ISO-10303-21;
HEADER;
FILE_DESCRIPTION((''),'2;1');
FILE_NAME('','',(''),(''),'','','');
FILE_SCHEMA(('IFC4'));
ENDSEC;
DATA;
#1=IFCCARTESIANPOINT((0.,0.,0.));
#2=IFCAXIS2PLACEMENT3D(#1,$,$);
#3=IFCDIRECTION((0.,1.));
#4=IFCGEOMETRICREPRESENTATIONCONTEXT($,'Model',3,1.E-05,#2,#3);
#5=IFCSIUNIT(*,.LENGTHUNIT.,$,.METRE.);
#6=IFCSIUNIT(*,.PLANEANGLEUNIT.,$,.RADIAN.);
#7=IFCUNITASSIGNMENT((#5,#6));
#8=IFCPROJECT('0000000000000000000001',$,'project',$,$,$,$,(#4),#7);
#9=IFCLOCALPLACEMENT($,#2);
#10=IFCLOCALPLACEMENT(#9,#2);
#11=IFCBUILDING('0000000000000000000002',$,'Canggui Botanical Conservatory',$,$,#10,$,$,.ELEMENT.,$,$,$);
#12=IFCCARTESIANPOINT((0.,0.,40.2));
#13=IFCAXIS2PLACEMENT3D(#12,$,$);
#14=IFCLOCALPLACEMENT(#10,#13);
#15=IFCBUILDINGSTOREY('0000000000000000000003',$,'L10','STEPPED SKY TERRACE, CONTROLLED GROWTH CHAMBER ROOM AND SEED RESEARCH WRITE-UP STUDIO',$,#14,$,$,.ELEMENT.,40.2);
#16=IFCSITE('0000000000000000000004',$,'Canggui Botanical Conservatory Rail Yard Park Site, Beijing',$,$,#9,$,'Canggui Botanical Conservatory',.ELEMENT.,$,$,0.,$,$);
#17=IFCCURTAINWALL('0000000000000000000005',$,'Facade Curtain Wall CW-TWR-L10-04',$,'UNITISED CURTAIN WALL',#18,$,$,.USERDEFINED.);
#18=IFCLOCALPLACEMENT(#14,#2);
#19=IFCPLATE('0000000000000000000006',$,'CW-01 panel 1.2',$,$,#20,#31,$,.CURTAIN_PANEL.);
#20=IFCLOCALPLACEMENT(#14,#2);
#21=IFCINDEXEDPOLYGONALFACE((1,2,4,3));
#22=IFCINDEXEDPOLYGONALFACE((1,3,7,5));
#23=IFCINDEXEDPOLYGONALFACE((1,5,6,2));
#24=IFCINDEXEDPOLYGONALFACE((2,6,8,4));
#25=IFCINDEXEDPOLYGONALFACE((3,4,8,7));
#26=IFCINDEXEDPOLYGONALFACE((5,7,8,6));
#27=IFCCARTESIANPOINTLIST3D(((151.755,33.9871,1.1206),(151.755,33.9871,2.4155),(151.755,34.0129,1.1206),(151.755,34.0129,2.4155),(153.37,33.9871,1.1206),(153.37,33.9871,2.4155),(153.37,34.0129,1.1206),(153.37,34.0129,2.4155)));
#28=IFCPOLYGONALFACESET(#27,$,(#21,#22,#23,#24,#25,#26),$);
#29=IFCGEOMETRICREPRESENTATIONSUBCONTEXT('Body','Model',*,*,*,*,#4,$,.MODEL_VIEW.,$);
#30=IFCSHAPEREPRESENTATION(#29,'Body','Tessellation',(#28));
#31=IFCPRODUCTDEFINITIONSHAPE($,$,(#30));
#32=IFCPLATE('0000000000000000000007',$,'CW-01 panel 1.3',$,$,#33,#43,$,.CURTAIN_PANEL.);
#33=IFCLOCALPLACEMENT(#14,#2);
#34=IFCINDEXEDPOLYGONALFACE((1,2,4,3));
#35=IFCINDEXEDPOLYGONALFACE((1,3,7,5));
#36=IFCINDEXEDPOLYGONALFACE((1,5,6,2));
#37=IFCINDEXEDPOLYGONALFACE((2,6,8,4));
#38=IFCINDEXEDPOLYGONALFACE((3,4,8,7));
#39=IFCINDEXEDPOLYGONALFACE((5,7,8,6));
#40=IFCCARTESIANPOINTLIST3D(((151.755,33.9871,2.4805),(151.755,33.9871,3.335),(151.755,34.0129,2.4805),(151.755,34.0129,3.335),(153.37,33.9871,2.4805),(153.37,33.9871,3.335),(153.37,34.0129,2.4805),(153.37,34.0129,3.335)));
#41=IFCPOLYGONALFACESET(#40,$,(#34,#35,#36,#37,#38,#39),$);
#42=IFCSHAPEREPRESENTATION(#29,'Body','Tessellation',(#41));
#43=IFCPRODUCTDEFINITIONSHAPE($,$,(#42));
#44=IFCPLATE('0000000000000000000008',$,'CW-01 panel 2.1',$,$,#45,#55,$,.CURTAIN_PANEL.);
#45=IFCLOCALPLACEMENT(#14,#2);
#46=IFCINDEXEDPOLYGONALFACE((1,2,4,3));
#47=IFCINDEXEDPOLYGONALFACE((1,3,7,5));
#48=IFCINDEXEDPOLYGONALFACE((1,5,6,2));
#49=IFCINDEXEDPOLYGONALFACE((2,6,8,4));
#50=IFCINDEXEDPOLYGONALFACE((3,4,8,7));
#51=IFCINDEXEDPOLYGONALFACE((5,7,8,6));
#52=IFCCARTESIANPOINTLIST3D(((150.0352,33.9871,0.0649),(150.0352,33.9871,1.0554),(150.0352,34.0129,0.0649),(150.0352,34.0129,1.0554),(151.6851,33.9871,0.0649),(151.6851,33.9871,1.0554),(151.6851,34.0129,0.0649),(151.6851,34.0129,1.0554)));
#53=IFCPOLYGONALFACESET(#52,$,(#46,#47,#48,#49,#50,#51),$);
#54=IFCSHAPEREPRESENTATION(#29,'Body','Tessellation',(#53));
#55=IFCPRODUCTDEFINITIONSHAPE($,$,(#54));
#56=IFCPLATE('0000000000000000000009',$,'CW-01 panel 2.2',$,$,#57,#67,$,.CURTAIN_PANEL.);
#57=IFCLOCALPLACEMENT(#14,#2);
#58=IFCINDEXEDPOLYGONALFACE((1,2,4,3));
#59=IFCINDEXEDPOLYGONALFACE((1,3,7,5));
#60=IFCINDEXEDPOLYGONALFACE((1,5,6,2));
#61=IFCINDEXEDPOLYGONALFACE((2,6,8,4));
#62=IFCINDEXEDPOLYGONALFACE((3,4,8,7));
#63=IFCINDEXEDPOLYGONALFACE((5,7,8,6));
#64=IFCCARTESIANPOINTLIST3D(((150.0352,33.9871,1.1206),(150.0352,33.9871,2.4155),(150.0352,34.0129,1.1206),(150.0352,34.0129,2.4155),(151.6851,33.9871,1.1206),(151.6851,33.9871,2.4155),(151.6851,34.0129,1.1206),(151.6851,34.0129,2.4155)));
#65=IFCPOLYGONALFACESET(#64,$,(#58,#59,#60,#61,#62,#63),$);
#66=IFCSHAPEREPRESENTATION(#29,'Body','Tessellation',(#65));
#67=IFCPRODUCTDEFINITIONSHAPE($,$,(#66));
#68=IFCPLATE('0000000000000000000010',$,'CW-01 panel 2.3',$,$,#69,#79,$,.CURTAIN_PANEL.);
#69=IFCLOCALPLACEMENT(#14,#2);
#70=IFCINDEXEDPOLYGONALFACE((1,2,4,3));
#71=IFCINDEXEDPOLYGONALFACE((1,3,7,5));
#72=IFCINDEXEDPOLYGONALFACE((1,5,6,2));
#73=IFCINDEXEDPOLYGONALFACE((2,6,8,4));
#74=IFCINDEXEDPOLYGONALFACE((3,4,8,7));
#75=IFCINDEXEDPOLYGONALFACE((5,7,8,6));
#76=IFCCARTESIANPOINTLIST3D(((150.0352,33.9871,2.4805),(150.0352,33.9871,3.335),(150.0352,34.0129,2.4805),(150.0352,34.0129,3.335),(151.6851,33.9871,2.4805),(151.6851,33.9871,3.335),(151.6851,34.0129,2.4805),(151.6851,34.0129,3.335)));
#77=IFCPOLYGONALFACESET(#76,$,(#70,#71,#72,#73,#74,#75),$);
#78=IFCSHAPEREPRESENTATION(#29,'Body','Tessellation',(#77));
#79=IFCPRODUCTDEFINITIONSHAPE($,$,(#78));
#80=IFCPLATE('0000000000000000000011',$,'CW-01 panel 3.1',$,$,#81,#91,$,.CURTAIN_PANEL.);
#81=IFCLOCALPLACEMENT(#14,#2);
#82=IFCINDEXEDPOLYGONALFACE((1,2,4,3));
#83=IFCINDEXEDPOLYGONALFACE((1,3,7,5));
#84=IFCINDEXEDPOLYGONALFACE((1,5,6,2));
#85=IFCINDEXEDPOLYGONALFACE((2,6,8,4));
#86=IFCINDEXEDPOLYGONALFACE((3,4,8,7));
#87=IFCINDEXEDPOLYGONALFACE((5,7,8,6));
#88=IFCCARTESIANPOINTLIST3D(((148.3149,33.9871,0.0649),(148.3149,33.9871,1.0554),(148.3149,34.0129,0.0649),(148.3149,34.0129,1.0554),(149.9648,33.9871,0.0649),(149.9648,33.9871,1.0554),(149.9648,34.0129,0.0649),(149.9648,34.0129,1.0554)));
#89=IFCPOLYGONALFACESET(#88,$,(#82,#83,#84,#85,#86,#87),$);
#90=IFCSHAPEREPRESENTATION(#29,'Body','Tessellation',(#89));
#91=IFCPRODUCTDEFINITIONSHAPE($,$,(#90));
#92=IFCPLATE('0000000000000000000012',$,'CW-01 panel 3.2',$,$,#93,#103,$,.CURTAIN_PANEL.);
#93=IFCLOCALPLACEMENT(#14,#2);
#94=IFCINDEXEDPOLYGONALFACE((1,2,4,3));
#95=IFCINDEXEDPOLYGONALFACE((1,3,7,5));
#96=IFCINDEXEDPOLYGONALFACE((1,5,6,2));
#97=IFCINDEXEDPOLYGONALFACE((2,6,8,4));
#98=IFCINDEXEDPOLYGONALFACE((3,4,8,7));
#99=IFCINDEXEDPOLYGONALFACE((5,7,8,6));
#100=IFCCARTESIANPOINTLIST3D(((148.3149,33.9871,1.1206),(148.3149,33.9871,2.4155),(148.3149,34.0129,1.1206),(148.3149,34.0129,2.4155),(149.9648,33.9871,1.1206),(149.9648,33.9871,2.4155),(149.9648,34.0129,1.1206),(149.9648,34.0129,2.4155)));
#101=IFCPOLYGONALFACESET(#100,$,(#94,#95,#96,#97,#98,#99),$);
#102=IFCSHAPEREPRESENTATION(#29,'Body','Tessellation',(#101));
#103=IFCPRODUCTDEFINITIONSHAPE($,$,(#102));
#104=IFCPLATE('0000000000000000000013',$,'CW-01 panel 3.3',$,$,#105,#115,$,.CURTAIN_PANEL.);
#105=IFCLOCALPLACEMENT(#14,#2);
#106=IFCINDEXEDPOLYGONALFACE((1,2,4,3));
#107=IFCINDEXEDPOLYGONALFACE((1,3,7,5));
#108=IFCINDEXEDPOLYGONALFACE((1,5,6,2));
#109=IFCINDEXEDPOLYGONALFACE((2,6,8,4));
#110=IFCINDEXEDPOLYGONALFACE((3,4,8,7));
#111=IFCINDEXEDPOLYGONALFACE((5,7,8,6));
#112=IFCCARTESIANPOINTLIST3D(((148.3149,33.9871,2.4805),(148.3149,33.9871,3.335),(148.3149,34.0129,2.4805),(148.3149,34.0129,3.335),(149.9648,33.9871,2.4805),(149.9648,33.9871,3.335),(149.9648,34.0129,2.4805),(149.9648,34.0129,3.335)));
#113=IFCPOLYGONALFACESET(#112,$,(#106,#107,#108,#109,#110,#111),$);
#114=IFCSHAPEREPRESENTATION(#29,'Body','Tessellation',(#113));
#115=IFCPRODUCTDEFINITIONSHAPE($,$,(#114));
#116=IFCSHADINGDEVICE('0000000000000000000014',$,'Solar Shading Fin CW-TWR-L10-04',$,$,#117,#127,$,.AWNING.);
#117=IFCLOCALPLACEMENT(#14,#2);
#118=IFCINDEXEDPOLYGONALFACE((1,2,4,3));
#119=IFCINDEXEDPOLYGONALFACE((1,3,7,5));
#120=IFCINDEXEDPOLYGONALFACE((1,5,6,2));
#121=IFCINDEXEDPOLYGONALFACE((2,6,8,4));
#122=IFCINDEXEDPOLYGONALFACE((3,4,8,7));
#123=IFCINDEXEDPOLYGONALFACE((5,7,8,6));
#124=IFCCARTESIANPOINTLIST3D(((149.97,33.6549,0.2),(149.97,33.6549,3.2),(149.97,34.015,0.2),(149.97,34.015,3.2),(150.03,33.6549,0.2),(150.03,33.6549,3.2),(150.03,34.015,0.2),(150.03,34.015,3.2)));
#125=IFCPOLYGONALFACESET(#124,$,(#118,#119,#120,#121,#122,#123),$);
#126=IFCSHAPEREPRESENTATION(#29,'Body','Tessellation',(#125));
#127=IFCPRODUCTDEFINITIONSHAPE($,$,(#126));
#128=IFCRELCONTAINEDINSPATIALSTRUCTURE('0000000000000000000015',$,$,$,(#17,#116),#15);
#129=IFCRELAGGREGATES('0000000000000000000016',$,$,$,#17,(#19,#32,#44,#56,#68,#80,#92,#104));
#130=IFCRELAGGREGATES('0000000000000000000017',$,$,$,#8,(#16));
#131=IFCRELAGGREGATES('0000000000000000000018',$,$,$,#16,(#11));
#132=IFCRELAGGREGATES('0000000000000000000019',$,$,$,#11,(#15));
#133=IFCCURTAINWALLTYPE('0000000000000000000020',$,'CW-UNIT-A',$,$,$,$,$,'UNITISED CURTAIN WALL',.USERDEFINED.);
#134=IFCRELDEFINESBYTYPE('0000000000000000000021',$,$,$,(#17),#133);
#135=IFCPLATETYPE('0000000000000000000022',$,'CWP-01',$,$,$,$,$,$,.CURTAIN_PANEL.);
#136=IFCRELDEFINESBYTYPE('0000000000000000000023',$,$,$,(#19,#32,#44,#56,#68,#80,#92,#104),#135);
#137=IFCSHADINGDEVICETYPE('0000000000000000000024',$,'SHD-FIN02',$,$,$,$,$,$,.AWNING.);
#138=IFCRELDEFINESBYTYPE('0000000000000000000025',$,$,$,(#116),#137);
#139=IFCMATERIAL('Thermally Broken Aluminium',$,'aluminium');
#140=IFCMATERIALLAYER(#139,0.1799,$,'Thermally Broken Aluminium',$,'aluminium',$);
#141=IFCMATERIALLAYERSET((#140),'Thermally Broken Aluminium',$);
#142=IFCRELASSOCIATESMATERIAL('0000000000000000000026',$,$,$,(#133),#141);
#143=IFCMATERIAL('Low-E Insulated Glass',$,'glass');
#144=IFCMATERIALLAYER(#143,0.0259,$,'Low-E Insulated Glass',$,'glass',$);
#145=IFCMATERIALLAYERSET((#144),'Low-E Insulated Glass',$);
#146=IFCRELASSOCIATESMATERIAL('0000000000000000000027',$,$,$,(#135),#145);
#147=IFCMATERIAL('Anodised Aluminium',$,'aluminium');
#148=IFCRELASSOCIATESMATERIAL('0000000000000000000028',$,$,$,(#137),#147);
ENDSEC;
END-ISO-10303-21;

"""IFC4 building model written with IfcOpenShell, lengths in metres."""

from ifc_helpers import new_model, si_unit, direction, frame, origin, origin_2d, place, context, subcontext, project, spatial, rectangle, extrude, material, layer, layer_set, type_object, element, aggregate, save


model = new_model("IFC4")

# Units and contexts
model_context = context("Model", 3, precision=1e-05, world=origin(), true_north=direction((0.0, 1.0)))
body_context = subcontext(model_context, "Body", "Model", "MODEL_VIEW")
ifc_project = project(units=[si_unit("LENGTHUNIT", "METRE"), si_unit("PLANEANGLEUNIT", "RADIAN")], contexts=[model_context])

# Site, building, storey
site_placement = place(None, origin())
site = spatial("IfcSite", under=ifc_project, at=site_placement, Name="Canggui Botanical Conservatory Rail Yard Park Site, Beijing", LongName="Canggui Botanical Conservatory", CompositionType="ELEMENT", RefElevation=0.0)
building_placement = place(site_placement, origin())
building = spatial("IfcBuilding", under=site, at=building_placement, Name="Canggui Botanical Conservatory", CompositionType="ELEMENT")
storey_placement = place(building_placement, frame((0.0, 0.0, 40.2)))
storey = spatial("IfcBuildingStorey", under=building, at=storey_placement, Name="L10", Description="STEPPED SKY TERRACE, CONTROLLED GROWTH CHAMBER ROOM AND SEED RESEARCH WRITE-UP STUDIO", CompositionType="ELEMENT", Elevation=40.2)

# Curtain wall, plates
ifc_material_1 = material(Name="Thermally Broken Aluminium", Category="aluminium")
ifc_layer_1 = layer(ifc_material_1, 0.1799, Name="Thermally Broken Aluminium", Category="aluminium")
ifc_layer_set_1 = layer_set([ifc_layer_1], Name="Thermally Broken Aluminium")
curtain_wall_type = type_object("IfcCurtainWallType", Name="CW-UNIT-A", ElementType="UNITISED CURTAIN WALL", PredefinedType="USERDEFINED", material=ifc_layer_set_1)
curtain_wall_placement = place(storey_placement, origin())
curtain_wall = element("IfcCurtainWall", 1, at=curtain_wall_placement, inside=storey, type_object=curtain_wall_type, Name="Facade Curtain Wall CW-TWR-L10-04", ObjectType="UNITISED CURTAIN WALL", PredefinedType="USERDEFINED")
ifc_material_2 = material(Name="Low-E Insulated Glass", Category="glass")
ifc_layer_2 = layer(ifc_material_2, 0.0259, Name="Low-E Insulated Glass", Category="glass")
ifc_layer_set_2 = layer_set([ifc_layer_2], Name="Low-E Insulated Glass")
plate_type = type_object("IfcPlateType", Name="CWP-01", PredefinedType="CURTAIN_PANEL", material=ifc_layer_set_2)
plate_1_placement = place(storey_placement, frame((152.5625, 34.0, 1.1206), z_axis=(0.0, 0.0, 1.0), x_axis=(-1.0, 0.0, 0.0)))
plate_1 = element("IfcPlate", 2, at=plate_1_placement, type_object=plate_type, Name="CW-01 panel 1.2", PredefinedType="CURTAIN_PANEL", context=body_context, shape_type="SweptSolid", body=[
    extrude(rectangle(XDim=1.615, YDim=0.0259, at=origin_2d()), origin(), (0.0, 0.0, 1.0), 1.2949),
])
plate_2_placement = place(storey_placement, frame((152.5625, 34.0, 2.4805), z_axis=(0.0, 0.0, 1.0), x_axis=(-1.0, 0.0, 0.0)))
plate_2 = element("IfcPlate", 3, at=plate_2_placement, type_object=plate_type, Name="CW-01 panel 1.3", PredefinedType="CURTAIN_PANEL", context=body_context, shape_type="SweptSolid", body=[
    extrude(rectangle(XDim=1.615, YDim=0.0259, at=origin_2d()), origin(), (0.0, 0.0, 1.0), 0.8545),
])
plate_3_placement = place(storey_placement, frame((150.8601, 34.0, 0.0649), z_axis=(0.0, 0.0, 1.0), x_axis=(-1.0, 0.0, 0.0)))
plate_3 = element("IfcPlate", 4, at=plate_3_placement, type_object=plate_type, Name="CW-01 panel 2.1", PredefinedType="CURTAIN_PANEL", context=body_context, shape_type="SweptSolid", body=[
    extrude(rectangle(XDim=1.6499, YDim=0.0259, at=origin_2d()), origin(), (0.0, 0.0, 1.0), 0.9905),
])
plate_4_placement = place(storey_placement, frame((150.8601, 34.0, 1.1206), z_axis=(0.0, 0.0, 1.0), x_axis=(-1.0, 0.0, 0.0)))
plate_4 = element("IfcPlate", 5, at=plate_4_placement, type_object=plate_type, Name="CW-01 panel 2.2", PredefinedType="CURTAIN_PANEL", context=body_context, shape_type="SweptSolid", body=[
    extrude(rectangle(XDim=1.6499, YDim=0.0259, at=origin_2d()), origin(), (0.0, 0.0, 1.0), 1.2949),
])
plate_5_placement = place(storey_placement, frame((150.8601, 34.0, 2.4805), z_axis=(0.0, 0.0, 1.0), x_axis=(-1.0, 0.0, 0.0)))
plate_5 = element("IfcPlate", 6, at=plate_5_placement, type_object=plate_type, Name="CW-01 panel 2.3", PredefinedType="CURTAIN_PANEL", context=body_context, shape_type="SweptSolid", body=[
    extrude(rectangle(XDim=1.6499, YDim=0.0259, at=origin_2d()), origin(), (0.0, 0.0, 1.0), 0.8545),
])
plate_6_placement = place(storey_placement, frame((149.1399, 34.0, 0.0649), z_axis=(0.0, 0.0, 1.0), x_axis=(-1.0, 0.0, 0.0)))
plate_6 = element("IfcPlate", 7, at=plate_6_placement, type_object=plate_type, Name="CW-01 panel 3.1", PredefinedType="CURTAIN_PANEL", context=body_context, shape_type="SweptSolid", body=[
    extrude(rectangle(XDim=1.6499, YDim=0.0259, at=origin_2d()), origin(), (0.0, 0.0, 1.0), 0.9905),
])
plate_7_placement = place(storey_placement, frame((149.1399, 34.0, 1.1206), z_axis=(0.0, 0.0, 1.0), x_axis=(-1.0, 0.0, 0.0)))
plate_7 = element("IfcPlate", 8, at=plate_7_placement, type_object=plate_type, Name="CW-01 panel 3.2", PredefinedType="CURTAIN_PANEL", context=body_context, shape_type="SweptSolid", body=[
    extrude(rectangle(XDim=1.6499, YDim=0.0259, at=origin_2d()), origin(), (0.0, 0.0, 1.0), 1.2949),
])
plate_8_placement = place(storey_placement, frame((149.1399, 34.0, 2.4805), z_axis=(0.0, 0.0, 1.0), x_axis=(-1.0, 0.0, 0.0)))
plate_8 = element("IfcPlate", 9, at=plate_8_placement, type_object=plate_type, Name="CW-01 panel 3.3", PredefinedType="CURTAIN_PANEL", context=body_context, shape_type="SweptSolid", body=[
    extrude(rectangle(XDim=1.6499, YDim=0.0259, at=origin_2d()), origin(), (0.0, 0.0, 1.0), 0.8545),
])
aggregate(curtain_wall, [plate_1, plate_2, plate_3, plate_4, plate_5, plate_6, plate_7, plate_8])

# Shading device
ifc_material_3 = material(Name="Anodised Aluminium", Category="aluminium")
shading_device_type = type_object("IfcShadingDeviceType", Name="SHD-FIN02", PredefinedType="AWNING", material=ifc_material_3)
shading_device_placement = place(storey_placement, frame((150.0, 33.835, 0.2), z_axis=(0.0, 0.0, 1.0), x_axis=(-1.0, 0.0, 0.0)))
element("IfcShadingDevice", 10, at=shading_device_placement, inside=storey, type_object=shading_device_type, Name="Solar Shading Fin CW-TWR-L10-04", PredefinedType="AWNING", context=body_context, shape_type="SweptSolid", body=[
    extrude(rectangle(XDim=0.0601, YDim=0.3601, at=origin_2d()), origin(), (0.0, 0.0, 1.0), 3.0),
])

save(model, "model.ifc")
